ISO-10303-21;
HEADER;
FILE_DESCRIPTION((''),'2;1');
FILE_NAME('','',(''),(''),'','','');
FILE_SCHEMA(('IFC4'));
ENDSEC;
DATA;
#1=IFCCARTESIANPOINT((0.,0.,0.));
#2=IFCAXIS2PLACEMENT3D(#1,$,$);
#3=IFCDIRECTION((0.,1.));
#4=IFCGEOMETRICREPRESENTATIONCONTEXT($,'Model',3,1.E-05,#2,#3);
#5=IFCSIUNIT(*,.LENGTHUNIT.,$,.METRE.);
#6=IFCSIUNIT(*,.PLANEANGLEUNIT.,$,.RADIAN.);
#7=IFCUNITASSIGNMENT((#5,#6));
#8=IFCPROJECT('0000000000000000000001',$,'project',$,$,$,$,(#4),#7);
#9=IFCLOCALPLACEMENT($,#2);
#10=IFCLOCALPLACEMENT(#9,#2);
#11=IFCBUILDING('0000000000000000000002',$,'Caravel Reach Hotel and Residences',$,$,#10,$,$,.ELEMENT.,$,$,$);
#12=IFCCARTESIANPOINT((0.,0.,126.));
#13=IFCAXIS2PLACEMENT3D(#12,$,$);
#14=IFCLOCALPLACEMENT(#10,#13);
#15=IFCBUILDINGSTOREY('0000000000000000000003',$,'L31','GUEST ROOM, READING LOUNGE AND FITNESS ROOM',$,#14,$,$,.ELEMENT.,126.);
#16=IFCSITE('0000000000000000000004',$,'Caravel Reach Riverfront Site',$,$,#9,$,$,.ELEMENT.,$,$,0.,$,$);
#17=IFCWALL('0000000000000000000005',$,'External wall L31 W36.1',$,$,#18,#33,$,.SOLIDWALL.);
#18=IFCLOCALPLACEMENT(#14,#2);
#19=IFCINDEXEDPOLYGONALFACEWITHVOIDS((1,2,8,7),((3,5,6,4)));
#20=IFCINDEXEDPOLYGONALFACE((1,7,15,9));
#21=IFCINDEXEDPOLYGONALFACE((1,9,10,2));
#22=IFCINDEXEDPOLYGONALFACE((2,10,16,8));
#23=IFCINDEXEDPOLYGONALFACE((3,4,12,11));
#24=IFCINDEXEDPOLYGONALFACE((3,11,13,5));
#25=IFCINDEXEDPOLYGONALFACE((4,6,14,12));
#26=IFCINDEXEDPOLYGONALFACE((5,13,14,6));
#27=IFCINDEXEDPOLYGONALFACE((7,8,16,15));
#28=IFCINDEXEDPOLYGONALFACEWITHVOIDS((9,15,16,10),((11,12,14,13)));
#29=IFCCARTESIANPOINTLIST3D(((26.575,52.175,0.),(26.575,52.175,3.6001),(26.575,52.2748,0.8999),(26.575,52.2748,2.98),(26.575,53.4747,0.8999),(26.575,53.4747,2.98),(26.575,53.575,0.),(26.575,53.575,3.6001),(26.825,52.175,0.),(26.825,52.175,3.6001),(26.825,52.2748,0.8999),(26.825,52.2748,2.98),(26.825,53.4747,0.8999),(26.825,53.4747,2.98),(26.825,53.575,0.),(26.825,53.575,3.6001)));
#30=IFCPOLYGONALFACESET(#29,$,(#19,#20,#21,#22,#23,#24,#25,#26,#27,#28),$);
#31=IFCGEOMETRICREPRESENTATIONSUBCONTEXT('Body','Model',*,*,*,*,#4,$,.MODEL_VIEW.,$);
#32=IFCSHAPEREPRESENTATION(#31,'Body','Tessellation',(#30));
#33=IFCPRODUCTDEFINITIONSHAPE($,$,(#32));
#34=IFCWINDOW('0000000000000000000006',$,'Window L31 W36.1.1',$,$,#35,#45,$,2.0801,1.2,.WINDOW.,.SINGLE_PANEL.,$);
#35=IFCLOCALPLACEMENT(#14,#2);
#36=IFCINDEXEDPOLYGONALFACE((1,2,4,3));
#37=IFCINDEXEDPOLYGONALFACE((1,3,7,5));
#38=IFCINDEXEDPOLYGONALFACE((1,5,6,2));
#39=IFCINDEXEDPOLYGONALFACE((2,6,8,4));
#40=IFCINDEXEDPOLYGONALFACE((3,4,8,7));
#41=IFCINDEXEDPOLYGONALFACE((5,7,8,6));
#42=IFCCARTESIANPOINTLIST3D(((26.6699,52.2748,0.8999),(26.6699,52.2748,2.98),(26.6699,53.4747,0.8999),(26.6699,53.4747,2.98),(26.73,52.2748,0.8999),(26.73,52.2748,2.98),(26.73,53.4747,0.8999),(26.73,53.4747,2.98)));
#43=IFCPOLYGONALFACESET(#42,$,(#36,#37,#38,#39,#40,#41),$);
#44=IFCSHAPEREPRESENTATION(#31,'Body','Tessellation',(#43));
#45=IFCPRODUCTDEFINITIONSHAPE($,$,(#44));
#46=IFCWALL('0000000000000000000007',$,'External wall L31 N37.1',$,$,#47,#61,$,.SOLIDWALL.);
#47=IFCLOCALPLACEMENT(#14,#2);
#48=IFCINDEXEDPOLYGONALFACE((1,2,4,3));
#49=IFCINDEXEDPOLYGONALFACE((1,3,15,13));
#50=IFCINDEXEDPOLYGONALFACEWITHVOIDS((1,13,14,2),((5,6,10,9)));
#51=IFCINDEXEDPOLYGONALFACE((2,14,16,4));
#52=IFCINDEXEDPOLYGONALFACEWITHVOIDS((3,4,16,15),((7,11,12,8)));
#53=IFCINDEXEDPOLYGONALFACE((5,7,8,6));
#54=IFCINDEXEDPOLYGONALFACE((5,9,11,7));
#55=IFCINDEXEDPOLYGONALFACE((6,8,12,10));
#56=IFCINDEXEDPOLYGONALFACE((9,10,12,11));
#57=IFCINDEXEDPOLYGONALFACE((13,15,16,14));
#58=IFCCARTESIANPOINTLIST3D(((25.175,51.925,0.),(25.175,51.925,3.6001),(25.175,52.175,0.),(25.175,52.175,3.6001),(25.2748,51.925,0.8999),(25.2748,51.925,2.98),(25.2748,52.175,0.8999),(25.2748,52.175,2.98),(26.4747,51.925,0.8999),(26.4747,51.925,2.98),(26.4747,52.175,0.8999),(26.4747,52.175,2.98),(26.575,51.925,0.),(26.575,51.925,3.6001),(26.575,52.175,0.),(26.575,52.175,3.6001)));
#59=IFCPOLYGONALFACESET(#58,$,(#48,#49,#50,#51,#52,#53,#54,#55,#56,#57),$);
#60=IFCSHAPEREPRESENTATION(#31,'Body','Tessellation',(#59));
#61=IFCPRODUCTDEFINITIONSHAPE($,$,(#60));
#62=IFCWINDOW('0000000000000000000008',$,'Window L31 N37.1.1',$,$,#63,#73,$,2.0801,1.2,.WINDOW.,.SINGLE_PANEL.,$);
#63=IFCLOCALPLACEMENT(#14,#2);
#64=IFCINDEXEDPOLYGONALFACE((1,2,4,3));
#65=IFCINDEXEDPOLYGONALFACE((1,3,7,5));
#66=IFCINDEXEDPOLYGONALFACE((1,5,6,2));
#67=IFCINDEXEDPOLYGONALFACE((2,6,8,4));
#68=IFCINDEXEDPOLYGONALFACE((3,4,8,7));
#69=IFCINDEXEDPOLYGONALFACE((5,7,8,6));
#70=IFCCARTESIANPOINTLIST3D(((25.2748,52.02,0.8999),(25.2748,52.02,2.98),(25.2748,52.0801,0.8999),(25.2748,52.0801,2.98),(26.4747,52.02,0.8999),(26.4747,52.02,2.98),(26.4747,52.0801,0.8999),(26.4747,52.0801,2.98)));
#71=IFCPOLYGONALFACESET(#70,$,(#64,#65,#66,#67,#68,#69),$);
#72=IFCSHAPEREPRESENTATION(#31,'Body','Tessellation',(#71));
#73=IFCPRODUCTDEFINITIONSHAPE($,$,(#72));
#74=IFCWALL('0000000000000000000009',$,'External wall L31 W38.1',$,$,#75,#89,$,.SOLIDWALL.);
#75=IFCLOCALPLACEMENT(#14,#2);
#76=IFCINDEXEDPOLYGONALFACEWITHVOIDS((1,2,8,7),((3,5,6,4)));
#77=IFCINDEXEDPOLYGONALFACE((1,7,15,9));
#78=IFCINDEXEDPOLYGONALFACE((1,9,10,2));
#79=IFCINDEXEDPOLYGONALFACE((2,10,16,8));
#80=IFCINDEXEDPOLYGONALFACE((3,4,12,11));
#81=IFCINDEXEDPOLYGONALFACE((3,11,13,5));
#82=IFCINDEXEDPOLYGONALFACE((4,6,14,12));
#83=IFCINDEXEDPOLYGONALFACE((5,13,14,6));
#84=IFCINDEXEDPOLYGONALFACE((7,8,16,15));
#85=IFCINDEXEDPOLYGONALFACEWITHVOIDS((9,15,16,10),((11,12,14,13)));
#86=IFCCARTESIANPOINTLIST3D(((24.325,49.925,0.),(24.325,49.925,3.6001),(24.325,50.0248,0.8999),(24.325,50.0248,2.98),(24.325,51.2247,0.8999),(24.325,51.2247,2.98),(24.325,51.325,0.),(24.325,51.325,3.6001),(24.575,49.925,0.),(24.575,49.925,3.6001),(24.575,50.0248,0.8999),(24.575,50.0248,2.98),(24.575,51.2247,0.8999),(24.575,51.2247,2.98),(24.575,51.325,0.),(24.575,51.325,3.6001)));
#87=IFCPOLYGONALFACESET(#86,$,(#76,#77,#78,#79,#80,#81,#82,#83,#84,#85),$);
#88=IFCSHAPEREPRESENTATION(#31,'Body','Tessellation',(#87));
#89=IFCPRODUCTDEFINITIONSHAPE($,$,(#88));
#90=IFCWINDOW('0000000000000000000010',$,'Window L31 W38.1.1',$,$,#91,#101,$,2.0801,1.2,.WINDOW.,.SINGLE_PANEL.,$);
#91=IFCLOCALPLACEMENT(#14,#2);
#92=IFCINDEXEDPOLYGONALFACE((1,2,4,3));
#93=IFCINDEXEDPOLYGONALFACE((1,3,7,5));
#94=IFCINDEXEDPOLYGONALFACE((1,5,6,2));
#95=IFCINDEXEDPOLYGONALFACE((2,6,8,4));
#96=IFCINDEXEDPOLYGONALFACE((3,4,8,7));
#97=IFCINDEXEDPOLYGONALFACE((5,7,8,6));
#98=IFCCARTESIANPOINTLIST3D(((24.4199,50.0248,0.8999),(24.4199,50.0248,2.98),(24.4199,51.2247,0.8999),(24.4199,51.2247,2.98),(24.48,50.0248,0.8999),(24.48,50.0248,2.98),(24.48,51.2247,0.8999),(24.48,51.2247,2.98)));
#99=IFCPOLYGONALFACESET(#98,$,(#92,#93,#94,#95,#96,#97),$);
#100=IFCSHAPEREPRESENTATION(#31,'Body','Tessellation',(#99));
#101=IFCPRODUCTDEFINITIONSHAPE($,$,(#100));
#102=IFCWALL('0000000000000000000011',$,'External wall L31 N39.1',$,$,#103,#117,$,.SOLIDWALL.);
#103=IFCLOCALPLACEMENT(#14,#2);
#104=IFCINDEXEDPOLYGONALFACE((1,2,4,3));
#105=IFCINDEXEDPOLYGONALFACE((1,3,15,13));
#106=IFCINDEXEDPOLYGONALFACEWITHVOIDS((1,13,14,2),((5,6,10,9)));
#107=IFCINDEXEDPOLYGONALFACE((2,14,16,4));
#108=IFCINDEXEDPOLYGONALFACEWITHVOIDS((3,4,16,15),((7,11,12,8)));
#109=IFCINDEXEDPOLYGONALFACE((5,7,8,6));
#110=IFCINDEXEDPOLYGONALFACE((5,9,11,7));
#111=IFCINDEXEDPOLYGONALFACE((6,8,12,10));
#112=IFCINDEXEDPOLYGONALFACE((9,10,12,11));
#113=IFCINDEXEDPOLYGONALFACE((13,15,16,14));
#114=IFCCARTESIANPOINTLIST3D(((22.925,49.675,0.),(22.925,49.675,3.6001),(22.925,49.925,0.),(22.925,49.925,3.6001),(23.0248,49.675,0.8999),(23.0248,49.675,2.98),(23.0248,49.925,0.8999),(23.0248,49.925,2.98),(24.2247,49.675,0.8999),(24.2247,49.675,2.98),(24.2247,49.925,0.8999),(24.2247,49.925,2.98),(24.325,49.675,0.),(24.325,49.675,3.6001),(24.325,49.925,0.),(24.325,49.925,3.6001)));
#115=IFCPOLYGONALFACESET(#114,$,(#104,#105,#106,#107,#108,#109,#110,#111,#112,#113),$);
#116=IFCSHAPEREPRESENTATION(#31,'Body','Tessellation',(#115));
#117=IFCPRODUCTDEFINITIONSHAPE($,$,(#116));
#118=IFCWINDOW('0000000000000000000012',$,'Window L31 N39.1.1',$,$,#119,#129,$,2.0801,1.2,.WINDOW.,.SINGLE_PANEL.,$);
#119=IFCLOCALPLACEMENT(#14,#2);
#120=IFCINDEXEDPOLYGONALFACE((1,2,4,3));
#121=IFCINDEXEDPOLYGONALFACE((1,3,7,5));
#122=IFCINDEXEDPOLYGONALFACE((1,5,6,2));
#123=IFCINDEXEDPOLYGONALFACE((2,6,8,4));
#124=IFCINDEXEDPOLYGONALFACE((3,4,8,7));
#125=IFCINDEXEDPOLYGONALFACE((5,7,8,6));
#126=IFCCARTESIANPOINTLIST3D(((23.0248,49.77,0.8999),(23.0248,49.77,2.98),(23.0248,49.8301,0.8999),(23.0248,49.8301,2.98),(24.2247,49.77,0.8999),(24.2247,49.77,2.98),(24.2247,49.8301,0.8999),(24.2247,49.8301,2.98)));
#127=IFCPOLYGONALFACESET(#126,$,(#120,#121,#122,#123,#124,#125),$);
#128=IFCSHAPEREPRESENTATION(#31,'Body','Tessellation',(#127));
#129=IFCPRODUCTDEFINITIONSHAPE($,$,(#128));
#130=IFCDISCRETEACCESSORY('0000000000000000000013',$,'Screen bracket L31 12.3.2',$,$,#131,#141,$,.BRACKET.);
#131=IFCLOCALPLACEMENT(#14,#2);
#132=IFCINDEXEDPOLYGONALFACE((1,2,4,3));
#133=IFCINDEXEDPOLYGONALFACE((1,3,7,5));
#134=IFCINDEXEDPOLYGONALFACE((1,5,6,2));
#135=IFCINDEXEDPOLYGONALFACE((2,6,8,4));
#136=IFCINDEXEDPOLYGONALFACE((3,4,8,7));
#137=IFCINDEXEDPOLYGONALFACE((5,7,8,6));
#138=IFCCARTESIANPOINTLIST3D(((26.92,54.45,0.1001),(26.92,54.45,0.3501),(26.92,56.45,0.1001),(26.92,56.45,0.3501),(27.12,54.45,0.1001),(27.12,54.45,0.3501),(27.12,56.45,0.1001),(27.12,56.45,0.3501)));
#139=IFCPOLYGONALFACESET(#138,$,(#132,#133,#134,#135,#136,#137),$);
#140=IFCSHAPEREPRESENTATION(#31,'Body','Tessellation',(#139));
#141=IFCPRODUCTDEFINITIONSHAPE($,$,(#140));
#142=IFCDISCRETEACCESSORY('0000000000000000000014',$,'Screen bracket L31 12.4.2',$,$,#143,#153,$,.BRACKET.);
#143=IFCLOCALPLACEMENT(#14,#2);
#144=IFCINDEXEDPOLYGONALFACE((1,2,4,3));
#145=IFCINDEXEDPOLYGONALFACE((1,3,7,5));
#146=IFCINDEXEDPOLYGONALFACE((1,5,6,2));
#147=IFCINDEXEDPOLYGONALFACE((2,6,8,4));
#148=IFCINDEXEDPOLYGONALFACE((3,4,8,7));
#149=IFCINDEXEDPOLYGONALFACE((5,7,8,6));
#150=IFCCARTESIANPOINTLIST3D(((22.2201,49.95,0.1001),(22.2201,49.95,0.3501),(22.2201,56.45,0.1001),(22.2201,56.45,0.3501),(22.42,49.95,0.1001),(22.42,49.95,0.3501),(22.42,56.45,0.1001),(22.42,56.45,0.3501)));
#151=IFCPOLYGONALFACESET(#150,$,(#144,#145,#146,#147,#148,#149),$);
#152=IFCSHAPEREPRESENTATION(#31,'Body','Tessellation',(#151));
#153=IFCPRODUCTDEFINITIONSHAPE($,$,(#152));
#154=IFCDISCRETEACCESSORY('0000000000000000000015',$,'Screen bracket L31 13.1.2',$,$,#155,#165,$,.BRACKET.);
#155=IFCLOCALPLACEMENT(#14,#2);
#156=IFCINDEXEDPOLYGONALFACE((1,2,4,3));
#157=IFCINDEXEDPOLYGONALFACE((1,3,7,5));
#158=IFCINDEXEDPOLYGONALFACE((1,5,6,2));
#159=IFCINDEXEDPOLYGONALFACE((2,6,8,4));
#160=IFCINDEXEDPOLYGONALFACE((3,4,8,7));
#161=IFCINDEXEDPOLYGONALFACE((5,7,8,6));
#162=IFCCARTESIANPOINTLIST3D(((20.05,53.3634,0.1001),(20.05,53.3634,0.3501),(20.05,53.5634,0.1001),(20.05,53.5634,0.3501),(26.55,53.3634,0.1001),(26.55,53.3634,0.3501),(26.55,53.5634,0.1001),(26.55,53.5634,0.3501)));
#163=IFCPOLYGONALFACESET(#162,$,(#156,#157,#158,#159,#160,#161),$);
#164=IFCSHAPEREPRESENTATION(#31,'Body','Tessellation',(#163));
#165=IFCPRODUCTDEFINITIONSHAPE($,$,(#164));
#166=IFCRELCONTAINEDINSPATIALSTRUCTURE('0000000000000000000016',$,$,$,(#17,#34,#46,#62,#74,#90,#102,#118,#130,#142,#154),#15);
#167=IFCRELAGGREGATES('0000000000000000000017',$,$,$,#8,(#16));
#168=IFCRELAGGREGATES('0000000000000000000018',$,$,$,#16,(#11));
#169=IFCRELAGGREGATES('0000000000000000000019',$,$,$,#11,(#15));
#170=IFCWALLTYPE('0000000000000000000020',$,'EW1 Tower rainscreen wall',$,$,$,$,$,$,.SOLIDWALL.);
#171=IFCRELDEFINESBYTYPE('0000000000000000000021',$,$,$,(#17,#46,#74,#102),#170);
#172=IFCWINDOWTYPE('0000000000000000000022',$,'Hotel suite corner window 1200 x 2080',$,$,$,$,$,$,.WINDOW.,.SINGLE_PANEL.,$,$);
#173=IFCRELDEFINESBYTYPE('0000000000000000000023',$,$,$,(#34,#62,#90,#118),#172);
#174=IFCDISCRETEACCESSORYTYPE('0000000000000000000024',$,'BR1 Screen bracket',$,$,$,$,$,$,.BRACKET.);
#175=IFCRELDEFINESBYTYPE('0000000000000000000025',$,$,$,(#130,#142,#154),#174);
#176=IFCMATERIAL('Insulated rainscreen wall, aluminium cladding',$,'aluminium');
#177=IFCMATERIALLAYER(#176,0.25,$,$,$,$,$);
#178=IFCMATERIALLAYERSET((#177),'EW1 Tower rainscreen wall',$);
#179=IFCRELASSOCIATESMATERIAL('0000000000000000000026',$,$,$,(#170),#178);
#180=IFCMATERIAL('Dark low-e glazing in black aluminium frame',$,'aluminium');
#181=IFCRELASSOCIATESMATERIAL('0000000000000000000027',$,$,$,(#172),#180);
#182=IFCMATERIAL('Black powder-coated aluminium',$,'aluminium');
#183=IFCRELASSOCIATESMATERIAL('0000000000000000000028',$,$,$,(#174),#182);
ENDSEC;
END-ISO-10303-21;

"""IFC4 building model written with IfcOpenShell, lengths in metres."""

from ifc_helpers import new_model, si_unit, direction, frame, frame_2d, origin, origin_2d, place, context, subcontext, project, spatial, rectangle, extrude, material, layer, layer_set, type_object, element, fill, save


model = new_model("IFC4")

# Units and contexts
model_context = context("Model", 3, precision=1e-05, world=origin(), true_north=direction((0.0, 1.0)))
body_context = subcontext(model_context, "Body", "Model", "MODEL_VIEW")
ifc_project = project(units=[si_unit("LENGTHUNIT", "METRE"), si_unit("PLANEANGLEUNIT", "RADIAN")], contexts=[model_context])

# Site, building, storey
site_placement = place(None, origin())
site = spatial("IfcSite", under=ifc_project, at=site_placement, Name="Caravel Reach Riverfront Site", CompositionType="ELEMENT", RefElevation=0.0)
building_placement = place(site_placement, origin())
building = spatial("IfcBuilding", under=site, at=building_placement, Name="Caravel Reach Hotel and Residences", CompositionType="ELEMENT")
storey_placement = place(building_placement, frame((0.0, 0.0, 126.0)))
storey = spatial("IfcBuildingStorey", under=building, at=storey_placement, Name="L31", Description="GUEST ROOM, READING LOUNGE AND FITNESS ROOM", CompositionType="ELEMENT", Elevation=126.0)

# Walls, openings, windows
ifc_material_1 = material(Name="Insulated rainscreen wall, aluminium cladding", Category="aluminium")
ifc_layer = layer(ifc_material_1, 0.25)
ifc_layer_set = layer_set([ifc_layer], Name="EW1 Tower rainscreen wall")
wall_type = type_object("IfcWallType", Name="EW1 Tower rainscreen wall", PredefinedType="SOLIDWALL", material=ifc_layer_set)
wall_1_placement = place(storey_placement, frame((26.7, 53.575, 0.0), z_axis=(0.0, 0.0, 1.0), x_axis=(0.0, -1.0, 0.0)))
wall_1 = element("IfcWall", 1, at=wall_1_placement, inside=storey, type_object=wall_type, Name="External wall L31 W36.1", PredefinedType="SOLIDWALL", context=body_context, shape_type="SweptSolid", body=[
    extrude(rectangle(XDim=1.3999, YDim=0.25, at=frame_2d((0.7, 0.0))), origin(), (0.0, 0.0, 1.0), 3.6001),
])
opening_1_placement = place(wall_1_placement, frame((0.1001, 0.0, 0.8999)))
opening_1 = element("IfcOpeningElement", 2, at=opening_1_placement, cuts=wall_1, PredefinedType="OPENING", context=body_context, shape_type="SweptSolid", body=[
    extrude(rectangle(XDim=1.2, YDim=2.0801, at=frame_2d((0.6001, 1.04))), frame((0.0, 0.135, 0.0), z_axis=(0.0, -1.0, 0.0), x_axis=(1.0, 0.0, 0.0)), (0.0, 0.0, 1.0), 0.27),
])
ifc_material_2 = material(Name="Dark low-e glazing in black aluminium frame", Category="aluminium")
window_type = type_object("IfcWindowType", Name="Hotel suite corner window 1200 x 2080", PartitioningType="SINGLE_PANEL", PredefinedType="WINDOW", material=ifc_material_2)
window_1_placement = place(opening_1_placement, origin())
window_1 = element("IfcWindow", 3, at=window_1_placement, inside=storey, type_object=window_type, Name="Window L31 W36.1.1", OverallHeight=2.0801, OverallWidth=1.2, PartitioningType="SINGLE_PANEL", PredefinedType="WINDOW", context=body_context, shape_type="SweptSolid", body=[
    extrude(rectangle(XDim=1.2, YDim=2.0801, at=frame_2d((0.6001, 1.04))), frame((0.0, 0.03, 0.0), z_axis=(0.0, -1.0, 0.0), x_axis=(1.0, 0.0, 0.0)), (0.0, 0.0, 1.0), 0.0601),
])
fill(opening_1, window_1)
wall_2_placement = place(storey_placement, frame((26.575, 52.05, 0.0), z_axis=(0.0, 0.0, 1.0), x_axis=(-1.0, 0.0, 0.0)))
wall_2 = element("IfcWall", 4, at=wall_2_placement, inside=storey, type_object=wall_type, Name="External wall L31 N37.1", PredefinedType="SOLIDWALL", context=body_context, shape_type="SweptSolid", body=[
    extrude(rectangle(XDim=1.3999, YDim=0.25, at=frame_2d((0.7, 0.0))), origin(), (0.0, 0.0, 1.0), 3.6001),
])
opening_2_placement = place(wall_2_placement, frame((0.1001, 0.0, 0.8999)))
opening_2 = element("IfcOpeningElement", 5, at=opening_2_placement, cuts=wall_2, PredefinedType="OPENING", context=body_context, shape_type="SweptSolid", body=[
    extrude(rectangle(XDim=1.2, YDim=2.0801, at=frame_2d((0.6001, 1.04))), frame((0.0, 0.135, 0.0), z_axis=(0.0, -1.0, 0.0), x_axis=(1.0, 0.0, 0.0)), (0.0, 0.0, 1.0), 0.27),
])
window_2_placement = place(opening_2_placement, origin())
window_2 = element("IfcWindow", 6, at=window_2_placement, inside=storey, type_object=window_type, Name="Window L31 N37.1.1", OverallHeight=2.0801, OverallWidth=1.2, PartitioningType="SINGLE_PANEL", PredefinedType="WINDOW", context=body_context, shape_type="SweptSolid", body=[
    extrude(rectangle(XDim=1.2, YDim=2.0801, at=frame_2d((0.6001, 1.04))), frame((0.0, 0.03, 0.0), z_axis=(0.0, -1.0, 0.0), x_axis=(1.0, 0.0, 0.0)), (0.0, 0.0, 1.0), 0.0601),
])
fill(opening_2, window_2)
wall_3_placement = place(storey_placement, frame((24.45, 51.325, 0.0), z_axis=(0.0, 0.0, 1.0), x_axis=(0.0, -1.0, 0.0)))
wall_3 = element("IfcWall", 7, at=wall_3_placement, inside=storey, type_object=wall_type, Name="External wall L31 W38.1", PredefinedType="SOLIDWALL", context=body_context, shape_type="SweptSolid", body=[
    extrude(rectangle(XDim=1.3999, YDim=0.25, at=frame_2d((0.7, 0.0))), origin(), (0.0, 0.0, 1.0), 3.6001),
])
opening_3_placement = place(wall_3_placement, frame((0.1001, 0.0, 0.8999)))
opening_3 = element("IfcOpeningElement", 8, at=opening_3_placement, cuts=wall_3, PredefinedType="OPENING", context=body_context, shape_type="SweptSolid", body=[
    extrude(rectangle(XDim=1.2, YDim=2.0801, at=frame_2d((0.6001, 1.04))), frame((0.0, 0.135, 0.0), z_axis=(0.0, -1.0, 0.0), x_axis=(1.0, 0.0, 0.0)), (0.0, 0.0, 1.0), 0.27),
])
window_3_placement = place(opening_3_placement, origin())
window_3 = element("IfcWindow", 9, at=window_3_placement, inside=storey, type_object=window_type, Name="Window L31 W38.1.1", OverallHeight=2.0801, OverallWidth=1.2, PartitioningType="SINGLE_PANEL", PredefinedType="WINDOW", context=body_context, shape_type="SweptSolid", body=[
    extrude(rectangle(XDim=1.2, YDim=2.0801, at=frame_2d((0.6001, 1.04))), frame((0.0, 0.03, 0.0), z_axis=(0.0, -1.0, 0.0), x_axis=(1.0, 0.0, 0.0)), (0.0, 0.0, 1.0), 0.0601),
])
fill(opening_3, window_3)
wall_4_placement = place(storey_placement, frame((24.325, 49.8, 0.0), z_axis=(0.0, 0.0, 1.0), x_axis=(-1.0, 0.0, 0.0)))
wall_4 = element("IfcWall", 10, at=wall_4_placement, inside=storey, type_object=wall_type, Name="External wall L31 N39.1", PredefinedType="SOLIDWALL", context=body_context, shape_type="SweptSolid", body=[
    extrude(rectangle(XDim=1.3999, YDim=0.25, at=frame_2d((0.7, 0.0))), origin(), (0.0, 0.0, 1.0), 3.6001),
])
opening_4_placement = place(wall_4_placement, frame((0.1001, 0.0, 0.8999)))
opening_4 = element("IfcOpeningElement", 11, at=opening_4_placement, cuts=wall_4, PredefinedType="OPENING", context=body_context, shape_type="SweptSolid", body=[
    extrude(rectangle(XDim=1.2, YDim=2.0801, at=frame_2d((0.6001, 1.04))), frame((0.0, 0.135, 0.0), z_axis=(0.0, -1.0, 0.0), x_axis=(1.0, 0.0, 0.0)), (0.0, 0.0, 1.0), 0.27),
])
window_4_placement = place(opening_4_placement, origin())
window_4 = element("IfcWindow", 12, at=window_4_placement, inside=storey, type_object=window_type, Name="Window L31 N39.1.1", OverallHeight=2.0801, OverallWidth=1.2, PartitioningType="SINGLE_PANEL", PredefinedType="WINDOW", context=body_context, shape_type="SweptSolid", body=[
    extrude(rectangle(XDim=1.2, YDim=2.0801, at=frame_2d((0.6001, 1.04))), frame((0.0, 0.03, 0.0), z_axis=(0.0, -1.0, 0.0), x_axis=(1.0, 0.0, 0.0)), (0.0, 0.0, 1.0), 0.0601),
])
fill(opening_4, window_4)

# Discrete accessories
ifc_material_3 = material(Name="Black powder-coated aluminium", Category="aluminium")
discrete_accessory_type = type_object("IfcDiscreteAccessoryType", Name="BR1 Screen bracket", PredefinedType="BRACKET", material=ifc_material_3)
discrete_accessory_placement = place(storey_placement, frame((27.02, 55.45, 0.1001), z_axis=(0.0, 0.0, 1.0), x_axis=(0.0, 1.0, 0.0)))
element("IfcDiscreteAccessory", 13, at=discrete_accessory_placement, inside=storey, type_object=discrete_accessory_type, Name="Screen bracket L31 12.3.2", PredefinedType="BRACKET", context=body_context, shape_type="SweptSolid", body=[
    extrude(rectangle(XDim=2.0, YDim=0.2, at=origin_2d()), origin(), (0.0, 0.0, 1.0), 0.25),
])
for number, where, z_axis, x_axis, name in (
    (14, (22.3201, 53.2, 0.1001), (0.0, 0.0, 1.0), (0.0, 1.0, 0.0), "Screen bracket L31 12.4.2"),
    (15, (23.3, 53.4634, 0.1001), (0.0, 0.0, 1.0), (-1.0, 0.0, 0.0), "Screen bracket L31 13.1.2"),
):
    element("IfcDiscreteAccessory", number, at=place(storey_placement, frame(where, z_axis=z_axis, x_axis=x_axis)), inside=storey, type_object=discrete_accessory_type, Name=name, PredefinedType="BRACKET", context=body_context, shape_type="SweptSolid", body=[
        extrude(rectangle(XDim=6.5, YDim=0.2, at=origin_2d()), origin(), (0.0, 0.0, 1.0), 0.25),
    ])

save(model, "model.ifc")
